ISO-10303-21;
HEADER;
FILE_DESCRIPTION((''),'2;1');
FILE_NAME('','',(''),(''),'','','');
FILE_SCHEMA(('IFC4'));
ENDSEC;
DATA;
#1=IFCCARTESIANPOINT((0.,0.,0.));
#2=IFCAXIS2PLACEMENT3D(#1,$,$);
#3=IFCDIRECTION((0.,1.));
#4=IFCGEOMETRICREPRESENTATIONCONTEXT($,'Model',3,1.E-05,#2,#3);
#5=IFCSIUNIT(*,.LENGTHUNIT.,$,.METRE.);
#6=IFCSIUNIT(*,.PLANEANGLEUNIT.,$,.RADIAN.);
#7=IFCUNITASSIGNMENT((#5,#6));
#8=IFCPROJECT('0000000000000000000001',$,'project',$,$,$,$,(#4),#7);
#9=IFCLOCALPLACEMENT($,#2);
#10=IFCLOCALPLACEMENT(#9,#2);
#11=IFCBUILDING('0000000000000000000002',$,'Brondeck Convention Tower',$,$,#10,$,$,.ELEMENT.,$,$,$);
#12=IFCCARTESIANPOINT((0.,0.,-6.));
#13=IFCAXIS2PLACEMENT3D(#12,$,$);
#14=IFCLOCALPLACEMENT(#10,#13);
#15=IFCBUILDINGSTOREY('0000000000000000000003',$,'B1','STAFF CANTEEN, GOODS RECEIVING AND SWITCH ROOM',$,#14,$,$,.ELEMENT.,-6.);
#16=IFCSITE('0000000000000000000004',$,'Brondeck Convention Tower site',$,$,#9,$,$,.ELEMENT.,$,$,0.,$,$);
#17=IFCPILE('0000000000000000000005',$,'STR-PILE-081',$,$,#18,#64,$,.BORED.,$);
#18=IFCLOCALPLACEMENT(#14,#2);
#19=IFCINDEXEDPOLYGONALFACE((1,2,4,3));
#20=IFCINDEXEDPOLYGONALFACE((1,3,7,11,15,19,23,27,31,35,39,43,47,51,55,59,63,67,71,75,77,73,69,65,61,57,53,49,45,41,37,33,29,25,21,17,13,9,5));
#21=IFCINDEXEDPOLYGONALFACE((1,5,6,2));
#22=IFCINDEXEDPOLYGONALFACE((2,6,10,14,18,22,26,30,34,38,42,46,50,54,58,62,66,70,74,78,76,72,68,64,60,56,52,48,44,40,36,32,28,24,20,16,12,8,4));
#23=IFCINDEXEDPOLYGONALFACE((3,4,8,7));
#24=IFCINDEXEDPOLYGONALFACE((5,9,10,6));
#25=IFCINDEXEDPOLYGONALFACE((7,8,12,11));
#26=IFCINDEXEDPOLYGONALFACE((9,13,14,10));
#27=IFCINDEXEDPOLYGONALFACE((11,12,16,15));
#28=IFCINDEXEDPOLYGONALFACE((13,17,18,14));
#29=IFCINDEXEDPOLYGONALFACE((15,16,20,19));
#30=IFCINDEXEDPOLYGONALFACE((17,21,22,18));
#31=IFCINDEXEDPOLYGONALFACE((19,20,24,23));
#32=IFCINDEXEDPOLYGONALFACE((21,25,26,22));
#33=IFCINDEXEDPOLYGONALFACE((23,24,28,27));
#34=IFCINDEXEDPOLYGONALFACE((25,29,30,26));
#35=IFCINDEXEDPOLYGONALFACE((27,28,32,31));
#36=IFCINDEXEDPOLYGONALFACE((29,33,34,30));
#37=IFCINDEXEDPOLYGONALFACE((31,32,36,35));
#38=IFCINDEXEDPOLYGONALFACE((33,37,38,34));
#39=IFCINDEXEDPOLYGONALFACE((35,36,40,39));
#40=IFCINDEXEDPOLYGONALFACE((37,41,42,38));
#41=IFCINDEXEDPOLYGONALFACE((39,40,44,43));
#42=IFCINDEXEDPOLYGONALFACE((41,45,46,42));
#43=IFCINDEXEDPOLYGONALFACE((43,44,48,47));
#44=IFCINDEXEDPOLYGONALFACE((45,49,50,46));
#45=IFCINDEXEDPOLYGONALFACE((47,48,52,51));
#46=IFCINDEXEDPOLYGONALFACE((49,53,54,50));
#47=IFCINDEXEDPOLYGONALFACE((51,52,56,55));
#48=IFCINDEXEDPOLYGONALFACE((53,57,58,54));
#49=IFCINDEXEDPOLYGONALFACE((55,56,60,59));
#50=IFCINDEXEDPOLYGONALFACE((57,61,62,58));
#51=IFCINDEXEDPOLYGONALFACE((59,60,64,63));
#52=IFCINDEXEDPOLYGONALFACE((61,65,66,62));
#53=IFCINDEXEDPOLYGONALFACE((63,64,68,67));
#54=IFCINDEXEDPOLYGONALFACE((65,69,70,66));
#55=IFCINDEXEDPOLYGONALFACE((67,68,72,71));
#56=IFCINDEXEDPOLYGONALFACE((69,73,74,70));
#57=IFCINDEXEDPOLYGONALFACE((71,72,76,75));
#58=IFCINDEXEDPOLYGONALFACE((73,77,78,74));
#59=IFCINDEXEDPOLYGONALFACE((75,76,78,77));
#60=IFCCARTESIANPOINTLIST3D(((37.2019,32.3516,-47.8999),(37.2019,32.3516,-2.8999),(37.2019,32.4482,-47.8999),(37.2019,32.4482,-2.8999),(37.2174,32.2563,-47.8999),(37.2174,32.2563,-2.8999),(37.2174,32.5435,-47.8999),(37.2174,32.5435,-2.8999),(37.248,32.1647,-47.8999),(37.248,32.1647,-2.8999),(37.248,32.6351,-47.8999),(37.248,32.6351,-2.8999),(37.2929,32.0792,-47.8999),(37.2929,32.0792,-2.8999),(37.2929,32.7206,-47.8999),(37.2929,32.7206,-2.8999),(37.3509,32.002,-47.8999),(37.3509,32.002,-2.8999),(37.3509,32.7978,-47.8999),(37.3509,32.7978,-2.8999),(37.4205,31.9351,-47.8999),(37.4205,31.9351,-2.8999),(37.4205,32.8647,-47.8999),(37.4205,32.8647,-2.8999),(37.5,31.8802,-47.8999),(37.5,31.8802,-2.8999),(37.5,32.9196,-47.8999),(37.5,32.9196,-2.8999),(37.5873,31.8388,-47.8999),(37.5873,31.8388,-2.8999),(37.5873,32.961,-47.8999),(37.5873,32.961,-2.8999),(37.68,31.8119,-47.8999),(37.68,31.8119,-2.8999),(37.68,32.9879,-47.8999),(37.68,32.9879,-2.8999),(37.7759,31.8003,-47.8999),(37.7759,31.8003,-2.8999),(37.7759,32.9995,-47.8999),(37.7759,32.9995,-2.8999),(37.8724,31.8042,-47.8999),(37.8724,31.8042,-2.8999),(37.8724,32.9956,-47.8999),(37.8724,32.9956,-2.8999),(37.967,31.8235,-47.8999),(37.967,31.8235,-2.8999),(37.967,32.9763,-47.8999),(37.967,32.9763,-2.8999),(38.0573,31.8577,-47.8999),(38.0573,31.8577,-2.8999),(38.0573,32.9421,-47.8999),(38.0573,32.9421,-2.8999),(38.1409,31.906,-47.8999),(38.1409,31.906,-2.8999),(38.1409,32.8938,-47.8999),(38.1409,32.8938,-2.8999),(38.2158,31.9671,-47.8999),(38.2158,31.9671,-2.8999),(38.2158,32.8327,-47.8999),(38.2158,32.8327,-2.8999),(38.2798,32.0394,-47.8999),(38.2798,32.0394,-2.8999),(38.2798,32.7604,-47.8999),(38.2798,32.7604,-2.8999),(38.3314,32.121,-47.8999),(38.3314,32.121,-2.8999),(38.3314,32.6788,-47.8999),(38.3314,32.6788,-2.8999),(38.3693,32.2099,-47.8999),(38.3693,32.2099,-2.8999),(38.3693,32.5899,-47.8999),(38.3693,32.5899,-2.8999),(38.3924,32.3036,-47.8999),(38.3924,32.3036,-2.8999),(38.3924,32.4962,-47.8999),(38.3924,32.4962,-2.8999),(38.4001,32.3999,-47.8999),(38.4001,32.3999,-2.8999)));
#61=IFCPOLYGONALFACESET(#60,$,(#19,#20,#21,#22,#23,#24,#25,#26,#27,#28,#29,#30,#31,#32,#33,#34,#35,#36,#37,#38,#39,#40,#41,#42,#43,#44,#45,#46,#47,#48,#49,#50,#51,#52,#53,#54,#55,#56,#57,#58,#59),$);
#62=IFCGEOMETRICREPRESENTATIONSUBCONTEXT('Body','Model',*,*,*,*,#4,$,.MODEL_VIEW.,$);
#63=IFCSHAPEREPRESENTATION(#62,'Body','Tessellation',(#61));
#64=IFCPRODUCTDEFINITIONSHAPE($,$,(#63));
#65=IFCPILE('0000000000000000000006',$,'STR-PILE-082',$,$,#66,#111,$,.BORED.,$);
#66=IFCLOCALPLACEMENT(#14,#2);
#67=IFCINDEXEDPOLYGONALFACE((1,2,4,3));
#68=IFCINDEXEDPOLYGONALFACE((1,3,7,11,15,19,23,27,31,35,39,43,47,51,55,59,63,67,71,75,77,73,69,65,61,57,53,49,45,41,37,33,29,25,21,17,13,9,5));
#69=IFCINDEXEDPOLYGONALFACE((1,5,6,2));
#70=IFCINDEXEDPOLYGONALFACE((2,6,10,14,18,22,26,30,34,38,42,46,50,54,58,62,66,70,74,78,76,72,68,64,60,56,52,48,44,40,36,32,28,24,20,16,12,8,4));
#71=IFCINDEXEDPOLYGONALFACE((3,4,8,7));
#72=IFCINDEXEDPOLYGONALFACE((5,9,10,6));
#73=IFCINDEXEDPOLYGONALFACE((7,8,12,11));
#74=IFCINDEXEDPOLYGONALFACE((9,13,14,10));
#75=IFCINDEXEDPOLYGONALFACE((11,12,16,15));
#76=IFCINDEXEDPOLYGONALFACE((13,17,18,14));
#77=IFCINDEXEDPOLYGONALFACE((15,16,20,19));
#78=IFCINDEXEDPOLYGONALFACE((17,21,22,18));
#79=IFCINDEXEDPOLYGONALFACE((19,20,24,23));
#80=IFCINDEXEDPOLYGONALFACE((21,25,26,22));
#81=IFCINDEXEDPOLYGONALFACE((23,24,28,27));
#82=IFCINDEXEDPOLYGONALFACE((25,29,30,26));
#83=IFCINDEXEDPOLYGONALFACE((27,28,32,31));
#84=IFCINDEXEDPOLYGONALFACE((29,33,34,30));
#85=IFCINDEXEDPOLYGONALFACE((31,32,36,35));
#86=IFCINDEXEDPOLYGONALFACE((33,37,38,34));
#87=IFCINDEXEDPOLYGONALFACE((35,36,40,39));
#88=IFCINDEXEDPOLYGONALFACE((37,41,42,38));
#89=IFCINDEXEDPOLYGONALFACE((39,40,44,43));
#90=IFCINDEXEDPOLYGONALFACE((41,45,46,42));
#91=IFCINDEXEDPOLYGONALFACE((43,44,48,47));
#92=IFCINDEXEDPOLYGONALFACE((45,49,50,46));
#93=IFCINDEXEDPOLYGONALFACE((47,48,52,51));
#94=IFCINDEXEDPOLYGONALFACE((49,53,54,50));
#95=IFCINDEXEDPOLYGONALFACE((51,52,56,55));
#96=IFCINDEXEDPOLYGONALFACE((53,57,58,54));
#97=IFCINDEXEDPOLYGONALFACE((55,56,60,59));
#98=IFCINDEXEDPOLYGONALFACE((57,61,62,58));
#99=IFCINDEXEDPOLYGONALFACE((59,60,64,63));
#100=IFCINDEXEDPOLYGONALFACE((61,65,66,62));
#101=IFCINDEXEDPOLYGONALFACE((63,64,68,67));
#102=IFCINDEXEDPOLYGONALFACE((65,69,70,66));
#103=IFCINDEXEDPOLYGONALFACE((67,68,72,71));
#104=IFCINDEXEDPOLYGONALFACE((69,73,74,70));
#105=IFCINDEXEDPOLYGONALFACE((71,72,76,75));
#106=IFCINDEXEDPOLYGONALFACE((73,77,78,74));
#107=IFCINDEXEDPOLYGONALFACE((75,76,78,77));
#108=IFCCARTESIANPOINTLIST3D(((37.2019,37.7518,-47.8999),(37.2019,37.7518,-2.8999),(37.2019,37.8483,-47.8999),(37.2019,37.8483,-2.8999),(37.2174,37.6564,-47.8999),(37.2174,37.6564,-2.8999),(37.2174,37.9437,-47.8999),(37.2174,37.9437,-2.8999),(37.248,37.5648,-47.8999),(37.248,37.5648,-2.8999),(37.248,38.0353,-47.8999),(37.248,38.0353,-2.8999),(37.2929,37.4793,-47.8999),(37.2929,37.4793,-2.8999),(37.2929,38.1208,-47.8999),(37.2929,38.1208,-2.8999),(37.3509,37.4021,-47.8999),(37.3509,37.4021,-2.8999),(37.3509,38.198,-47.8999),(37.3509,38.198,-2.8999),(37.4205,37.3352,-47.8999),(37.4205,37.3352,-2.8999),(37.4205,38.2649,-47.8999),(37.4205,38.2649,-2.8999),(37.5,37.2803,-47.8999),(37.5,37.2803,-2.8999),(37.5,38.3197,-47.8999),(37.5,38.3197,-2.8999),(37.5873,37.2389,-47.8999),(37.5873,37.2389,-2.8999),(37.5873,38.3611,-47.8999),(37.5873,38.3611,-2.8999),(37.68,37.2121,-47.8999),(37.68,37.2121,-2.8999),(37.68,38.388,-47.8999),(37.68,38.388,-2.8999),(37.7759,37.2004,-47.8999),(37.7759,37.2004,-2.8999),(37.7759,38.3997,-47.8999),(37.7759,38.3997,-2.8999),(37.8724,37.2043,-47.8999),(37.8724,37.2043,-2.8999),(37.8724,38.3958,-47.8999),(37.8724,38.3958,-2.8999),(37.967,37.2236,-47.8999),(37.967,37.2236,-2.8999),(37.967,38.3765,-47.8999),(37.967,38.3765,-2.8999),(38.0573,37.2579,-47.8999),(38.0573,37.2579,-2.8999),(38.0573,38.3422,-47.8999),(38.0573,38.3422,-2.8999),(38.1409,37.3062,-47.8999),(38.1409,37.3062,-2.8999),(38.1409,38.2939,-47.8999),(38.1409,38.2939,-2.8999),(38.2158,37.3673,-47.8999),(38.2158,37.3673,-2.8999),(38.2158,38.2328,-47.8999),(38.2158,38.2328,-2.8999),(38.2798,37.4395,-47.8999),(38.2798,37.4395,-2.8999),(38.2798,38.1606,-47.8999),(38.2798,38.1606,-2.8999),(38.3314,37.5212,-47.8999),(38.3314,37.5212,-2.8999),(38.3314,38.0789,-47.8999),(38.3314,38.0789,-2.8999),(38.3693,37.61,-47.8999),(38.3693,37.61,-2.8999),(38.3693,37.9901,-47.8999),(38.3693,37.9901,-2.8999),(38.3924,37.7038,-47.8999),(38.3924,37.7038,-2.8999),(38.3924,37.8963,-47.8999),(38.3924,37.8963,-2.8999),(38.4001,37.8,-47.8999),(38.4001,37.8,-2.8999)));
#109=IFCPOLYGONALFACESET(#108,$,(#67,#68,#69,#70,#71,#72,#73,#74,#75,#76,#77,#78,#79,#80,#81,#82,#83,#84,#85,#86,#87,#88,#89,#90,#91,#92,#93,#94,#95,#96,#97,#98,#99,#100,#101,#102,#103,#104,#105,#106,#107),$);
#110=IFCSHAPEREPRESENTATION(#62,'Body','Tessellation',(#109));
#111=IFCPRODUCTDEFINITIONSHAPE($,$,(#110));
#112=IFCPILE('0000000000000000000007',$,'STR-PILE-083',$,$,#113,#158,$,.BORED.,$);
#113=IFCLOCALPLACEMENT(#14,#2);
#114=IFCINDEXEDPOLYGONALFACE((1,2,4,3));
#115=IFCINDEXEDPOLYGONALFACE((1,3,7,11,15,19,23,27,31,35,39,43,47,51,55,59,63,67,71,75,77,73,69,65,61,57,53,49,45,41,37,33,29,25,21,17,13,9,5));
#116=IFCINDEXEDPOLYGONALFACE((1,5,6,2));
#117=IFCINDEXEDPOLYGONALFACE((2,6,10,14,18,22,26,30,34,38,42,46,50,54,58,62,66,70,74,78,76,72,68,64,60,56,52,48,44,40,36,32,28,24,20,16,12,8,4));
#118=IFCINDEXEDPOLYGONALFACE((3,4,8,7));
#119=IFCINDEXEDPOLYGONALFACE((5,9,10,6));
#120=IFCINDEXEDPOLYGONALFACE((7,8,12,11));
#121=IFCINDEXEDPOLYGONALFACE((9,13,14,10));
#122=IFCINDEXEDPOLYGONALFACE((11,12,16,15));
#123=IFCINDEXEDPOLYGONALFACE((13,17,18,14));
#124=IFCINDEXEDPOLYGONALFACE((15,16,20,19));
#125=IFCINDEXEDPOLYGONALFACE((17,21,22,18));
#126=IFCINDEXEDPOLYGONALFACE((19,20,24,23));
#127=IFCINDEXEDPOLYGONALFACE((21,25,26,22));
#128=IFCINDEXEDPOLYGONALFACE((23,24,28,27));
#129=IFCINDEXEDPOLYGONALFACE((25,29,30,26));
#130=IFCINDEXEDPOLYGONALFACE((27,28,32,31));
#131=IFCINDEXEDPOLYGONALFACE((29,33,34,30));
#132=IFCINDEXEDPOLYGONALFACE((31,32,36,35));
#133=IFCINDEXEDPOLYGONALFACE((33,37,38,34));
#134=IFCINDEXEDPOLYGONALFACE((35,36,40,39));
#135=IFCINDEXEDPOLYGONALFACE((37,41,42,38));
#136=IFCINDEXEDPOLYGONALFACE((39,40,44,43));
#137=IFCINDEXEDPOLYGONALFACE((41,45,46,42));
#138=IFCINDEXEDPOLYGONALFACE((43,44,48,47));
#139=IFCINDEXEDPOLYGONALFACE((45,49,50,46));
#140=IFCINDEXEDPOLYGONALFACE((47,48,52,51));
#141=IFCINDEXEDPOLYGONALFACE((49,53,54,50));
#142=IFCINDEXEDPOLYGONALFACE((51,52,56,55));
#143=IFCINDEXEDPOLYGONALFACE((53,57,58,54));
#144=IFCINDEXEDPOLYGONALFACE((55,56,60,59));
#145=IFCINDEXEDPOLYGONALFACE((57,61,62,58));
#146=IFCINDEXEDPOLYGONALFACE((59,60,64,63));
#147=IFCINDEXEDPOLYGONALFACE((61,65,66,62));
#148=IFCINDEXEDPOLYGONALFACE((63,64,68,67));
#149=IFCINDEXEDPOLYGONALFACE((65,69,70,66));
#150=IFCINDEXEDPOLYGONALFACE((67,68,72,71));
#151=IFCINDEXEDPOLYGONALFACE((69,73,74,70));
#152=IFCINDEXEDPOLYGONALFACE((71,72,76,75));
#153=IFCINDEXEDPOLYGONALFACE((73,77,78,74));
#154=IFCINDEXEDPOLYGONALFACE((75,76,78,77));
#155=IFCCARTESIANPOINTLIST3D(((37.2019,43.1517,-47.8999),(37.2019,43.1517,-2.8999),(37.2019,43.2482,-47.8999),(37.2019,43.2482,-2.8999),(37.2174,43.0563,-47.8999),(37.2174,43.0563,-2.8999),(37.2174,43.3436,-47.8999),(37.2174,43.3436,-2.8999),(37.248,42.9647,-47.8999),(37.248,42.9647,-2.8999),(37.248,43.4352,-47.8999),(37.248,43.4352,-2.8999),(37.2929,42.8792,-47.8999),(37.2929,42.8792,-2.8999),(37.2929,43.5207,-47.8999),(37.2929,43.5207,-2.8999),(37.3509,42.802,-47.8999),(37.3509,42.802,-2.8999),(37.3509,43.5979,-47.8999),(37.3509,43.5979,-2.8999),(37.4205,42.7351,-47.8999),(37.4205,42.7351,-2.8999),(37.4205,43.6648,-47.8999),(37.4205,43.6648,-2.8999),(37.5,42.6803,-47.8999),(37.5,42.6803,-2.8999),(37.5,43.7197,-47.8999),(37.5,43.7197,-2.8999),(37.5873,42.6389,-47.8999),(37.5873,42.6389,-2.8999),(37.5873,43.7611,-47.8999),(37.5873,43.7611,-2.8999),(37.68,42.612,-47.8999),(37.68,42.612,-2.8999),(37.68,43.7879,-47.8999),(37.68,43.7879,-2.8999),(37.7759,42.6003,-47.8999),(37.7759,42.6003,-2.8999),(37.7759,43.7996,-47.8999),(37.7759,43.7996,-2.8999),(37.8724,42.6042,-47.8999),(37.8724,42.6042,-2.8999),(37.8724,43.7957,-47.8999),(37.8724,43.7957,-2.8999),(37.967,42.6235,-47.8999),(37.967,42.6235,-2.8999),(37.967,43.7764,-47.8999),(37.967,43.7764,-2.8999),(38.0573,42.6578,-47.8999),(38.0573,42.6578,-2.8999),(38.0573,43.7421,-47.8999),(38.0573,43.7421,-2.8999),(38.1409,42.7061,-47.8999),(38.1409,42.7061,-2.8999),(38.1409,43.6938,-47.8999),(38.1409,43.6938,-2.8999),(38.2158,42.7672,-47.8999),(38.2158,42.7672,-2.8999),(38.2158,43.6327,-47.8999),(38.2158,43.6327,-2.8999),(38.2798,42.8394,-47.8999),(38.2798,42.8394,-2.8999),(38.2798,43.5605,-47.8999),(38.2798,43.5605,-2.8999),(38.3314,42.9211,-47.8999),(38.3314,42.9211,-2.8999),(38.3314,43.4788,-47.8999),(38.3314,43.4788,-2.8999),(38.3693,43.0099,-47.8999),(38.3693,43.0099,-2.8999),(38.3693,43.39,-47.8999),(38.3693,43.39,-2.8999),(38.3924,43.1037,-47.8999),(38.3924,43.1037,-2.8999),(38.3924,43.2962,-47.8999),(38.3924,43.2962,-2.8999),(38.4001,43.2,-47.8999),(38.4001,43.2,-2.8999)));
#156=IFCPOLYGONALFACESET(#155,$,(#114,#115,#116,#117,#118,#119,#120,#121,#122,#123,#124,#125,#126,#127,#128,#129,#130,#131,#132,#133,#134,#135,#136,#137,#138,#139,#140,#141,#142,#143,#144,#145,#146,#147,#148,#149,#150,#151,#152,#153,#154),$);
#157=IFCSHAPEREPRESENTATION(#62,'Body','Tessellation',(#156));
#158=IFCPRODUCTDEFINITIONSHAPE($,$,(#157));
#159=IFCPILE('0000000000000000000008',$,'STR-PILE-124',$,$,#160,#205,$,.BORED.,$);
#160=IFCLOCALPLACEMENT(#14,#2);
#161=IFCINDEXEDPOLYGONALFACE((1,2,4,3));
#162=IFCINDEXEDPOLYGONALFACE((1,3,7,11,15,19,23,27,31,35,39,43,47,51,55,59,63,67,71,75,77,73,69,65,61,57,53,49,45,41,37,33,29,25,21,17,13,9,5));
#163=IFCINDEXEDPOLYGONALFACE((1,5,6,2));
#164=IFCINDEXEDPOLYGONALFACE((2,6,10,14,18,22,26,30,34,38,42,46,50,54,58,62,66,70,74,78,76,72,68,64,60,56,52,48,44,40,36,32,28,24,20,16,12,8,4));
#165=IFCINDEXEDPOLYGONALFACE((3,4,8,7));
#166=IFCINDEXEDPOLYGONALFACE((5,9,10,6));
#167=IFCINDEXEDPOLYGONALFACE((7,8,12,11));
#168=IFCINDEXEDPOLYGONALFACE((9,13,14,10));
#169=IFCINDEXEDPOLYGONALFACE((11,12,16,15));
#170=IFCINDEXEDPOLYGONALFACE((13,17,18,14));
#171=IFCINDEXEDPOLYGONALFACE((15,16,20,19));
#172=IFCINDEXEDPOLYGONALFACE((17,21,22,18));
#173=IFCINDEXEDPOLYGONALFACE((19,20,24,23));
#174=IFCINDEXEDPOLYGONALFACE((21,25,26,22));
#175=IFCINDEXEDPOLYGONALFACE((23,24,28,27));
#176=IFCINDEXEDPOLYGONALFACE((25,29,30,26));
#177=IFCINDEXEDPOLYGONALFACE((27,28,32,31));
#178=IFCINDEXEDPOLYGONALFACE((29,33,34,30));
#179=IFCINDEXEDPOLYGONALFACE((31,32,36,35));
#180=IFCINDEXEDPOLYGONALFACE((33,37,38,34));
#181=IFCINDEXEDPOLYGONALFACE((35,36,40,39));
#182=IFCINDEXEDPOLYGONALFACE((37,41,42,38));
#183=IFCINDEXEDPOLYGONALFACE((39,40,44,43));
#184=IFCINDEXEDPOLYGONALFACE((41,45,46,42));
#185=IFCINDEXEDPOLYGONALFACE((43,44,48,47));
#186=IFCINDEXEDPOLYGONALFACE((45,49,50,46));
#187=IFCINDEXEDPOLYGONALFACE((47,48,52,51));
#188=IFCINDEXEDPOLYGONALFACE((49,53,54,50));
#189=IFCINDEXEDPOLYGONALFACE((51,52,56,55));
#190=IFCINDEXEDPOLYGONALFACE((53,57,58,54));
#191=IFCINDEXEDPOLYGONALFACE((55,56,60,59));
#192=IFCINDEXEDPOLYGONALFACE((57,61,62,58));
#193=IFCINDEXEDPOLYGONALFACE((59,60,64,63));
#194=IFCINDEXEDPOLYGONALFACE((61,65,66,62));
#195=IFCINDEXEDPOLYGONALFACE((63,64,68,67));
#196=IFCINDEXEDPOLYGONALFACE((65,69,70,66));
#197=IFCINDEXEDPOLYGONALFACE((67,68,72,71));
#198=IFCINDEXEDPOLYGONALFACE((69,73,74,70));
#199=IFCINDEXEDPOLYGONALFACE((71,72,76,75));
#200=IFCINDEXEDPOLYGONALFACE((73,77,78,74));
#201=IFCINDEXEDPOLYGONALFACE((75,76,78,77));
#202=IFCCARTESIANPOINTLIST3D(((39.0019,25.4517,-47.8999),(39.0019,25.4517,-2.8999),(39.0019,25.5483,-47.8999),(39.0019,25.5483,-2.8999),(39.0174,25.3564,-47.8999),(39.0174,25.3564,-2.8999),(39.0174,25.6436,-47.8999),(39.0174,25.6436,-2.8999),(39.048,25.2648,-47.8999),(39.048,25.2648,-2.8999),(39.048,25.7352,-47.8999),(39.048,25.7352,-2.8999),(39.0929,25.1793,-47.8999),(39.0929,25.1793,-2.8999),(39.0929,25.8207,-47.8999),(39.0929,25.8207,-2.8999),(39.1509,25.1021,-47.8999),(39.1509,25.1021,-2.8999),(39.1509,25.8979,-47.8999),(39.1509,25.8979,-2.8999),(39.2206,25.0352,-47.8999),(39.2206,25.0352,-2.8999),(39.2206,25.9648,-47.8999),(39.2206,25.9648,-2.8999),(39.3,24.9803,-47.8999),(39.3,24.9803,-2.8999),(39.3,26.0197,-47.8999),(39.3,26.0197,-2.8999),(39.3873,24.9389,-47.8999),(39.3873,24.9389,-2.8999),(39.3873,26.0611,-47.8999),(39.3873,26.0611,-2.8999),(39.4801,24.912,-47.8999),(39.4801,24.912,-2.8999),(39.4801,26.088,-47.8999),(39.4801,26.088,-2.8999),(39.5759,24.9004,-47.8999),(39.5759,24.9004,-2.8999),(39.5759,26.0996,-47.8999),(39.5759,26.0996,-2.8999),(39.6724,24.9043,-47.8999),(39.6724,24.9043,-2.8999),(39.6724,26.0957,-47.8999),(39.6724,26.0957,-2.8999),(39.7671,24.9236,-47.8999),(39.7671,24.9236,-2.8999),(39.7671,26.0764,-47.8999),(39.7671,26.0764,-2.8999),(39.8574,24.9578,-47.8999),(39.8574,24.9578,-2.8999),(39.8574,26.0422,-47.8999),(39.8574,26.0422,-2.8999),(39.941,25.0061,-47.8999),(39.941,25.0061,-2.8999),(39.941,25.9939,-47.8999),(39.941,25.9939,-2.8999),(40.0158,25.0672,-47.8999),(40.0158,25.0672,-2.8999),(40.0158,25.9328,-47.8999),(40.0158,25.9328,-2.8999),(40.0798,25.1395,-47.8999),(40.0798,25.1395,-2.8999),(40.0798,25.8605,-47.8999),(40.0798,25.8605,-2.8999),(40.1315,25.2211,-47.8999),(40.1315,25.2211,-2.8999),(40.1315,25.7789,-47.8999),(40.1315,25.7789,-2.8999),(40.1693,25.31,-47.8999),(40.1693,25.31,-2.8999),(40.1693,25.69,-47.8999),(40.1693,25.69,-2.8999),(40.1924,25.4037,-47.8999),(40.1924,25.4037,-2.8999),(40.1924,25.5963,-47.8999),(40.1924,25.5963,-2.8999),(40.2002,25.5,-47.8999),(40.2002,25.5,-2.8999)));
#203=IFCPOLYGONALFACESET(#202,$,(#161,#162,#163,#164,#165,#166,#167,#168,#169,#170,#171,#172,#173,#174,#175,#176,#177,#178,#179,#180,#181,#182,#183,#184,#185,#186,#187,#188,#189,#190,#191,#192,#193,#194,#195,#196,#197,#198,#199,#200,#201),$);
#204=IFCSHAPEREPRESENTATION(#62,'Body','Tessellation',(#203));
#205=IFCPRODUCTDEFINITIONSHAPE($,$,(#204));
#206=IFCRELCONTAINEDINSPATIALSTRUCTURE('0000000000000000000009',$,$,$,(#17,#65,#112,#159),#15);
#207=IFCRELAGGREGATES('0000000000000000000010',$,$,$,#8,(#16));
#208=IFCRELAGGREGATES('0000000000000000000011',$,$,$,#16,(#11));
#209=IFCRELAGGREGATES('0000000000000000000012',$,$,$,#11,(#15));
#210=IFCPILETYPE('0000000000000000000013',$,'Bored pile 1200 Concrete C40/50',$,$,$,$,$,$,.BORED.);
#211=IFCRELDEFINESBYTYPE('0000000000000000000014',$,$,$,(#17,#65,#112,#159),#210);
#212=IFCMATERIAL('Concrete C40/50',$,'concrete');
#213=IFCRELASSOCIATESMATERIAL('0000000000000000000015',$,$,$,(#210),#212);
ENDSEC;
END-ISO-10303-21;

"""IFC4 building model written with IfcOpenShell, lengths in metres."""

from ifc_helpers import new_model, si_unit, direction, frame, origin, origin_2d, place, context, subcontext, project, spatial, circle, extrude, material, material_profile, profile_set, type_object, element, save


model = new_model("IFC4")

# Units and contexts
model_context = context("Model", 3, precision=1e-05, world=origin(), true_north=direction((0.0, 1.0)))
body_context = subcontext(model_context, "Body", "Model", "MODEL_VIEW")
ifc_project = project(units=[si_unit("LENGTHUNIT", "METRE"), si_unit("PLANEANGLEUNIT", "RADIAN")], contexts=[model_context])

# Site, building, storey
site_placement = place(None, origin())
site = spatial("IfcSite", under=ifc_project, at=site_placement, Name="Brondeck Convention Tower site", CompositionType="ELEMENT", RefElevation=0.0)
building_placement = place(site_placement, origin())
building = spatial("IfcBuilding", under=site, at=building_placement, Name="Brondeck Convention Tower", CompositionType="ELEMENT")
storey_placement = place(building_placement, frame((0.0, 0.0, -6.0)))
storey = spatial("IfcBuildingStorey", under=building, at=storey_placement, Name="B1", Description="STAFF CANTEEN, GOODS RECEIVING AND SWITCH ROOM", CompositionType="ELEMENT", Elevation=-6.0)

# Piles
ifc_material_1 = material(Name="Concrete C40/50", Category="concrete")
ifc_material_profile_1 = material_profile(ifc_material_1, circle(Radius=0.6001, at=origin_2d()), Name="Bored pile 1200 Concrete C40/50")
ifc_profile_set_1 = profile_set([ifc_material_profile_1], Name="Concrete C40/50")
pile_type = type_object("IfcPileType", Name="Bored pile 1200 Concrete C40/50", PredefinedType="BORED", material=ifc_profile_set_1)
for number, where, z_axis, x_axis, name in (
    (1, (37.8, 32.3999, -2.8999), (0.0, 0.0, -1.0), (1.0, 0.0, 0.0), "STR-PILE-081"),
    (2, (37.8, 37.8, -2.8999), (0.0, 0.0, -1.0), (1.0, 0.0, 0.0), "STR-PILE-082"),
    (3, (37.8, 43.2, -2.8999), (0.0, 0.0, -1.0), (1.0, 0.0, 0.0), "STR-PILE-083"),
    (4, (39.6001, 25.5, -2.8999), (0.0, 0.0, -1.0), (1.0, 0.0, 0.0), "STR-PILE-124"),
):
    element("IfcPile", number, at=place(storey_placement, frame(where, z_axis=z_axis, x_axis=x_axis)), inside=storey, type_object=pile_type, Name=name, PredefinedType="BORED", context=body_context, shape_type="SweptSolid", body=[
        extrude(circle(Radius=0.6001, at=origin_2d()), origin(), (0.0, 0.0, 1.0), 45.0),
    ])

save(model, "model.ifc")
